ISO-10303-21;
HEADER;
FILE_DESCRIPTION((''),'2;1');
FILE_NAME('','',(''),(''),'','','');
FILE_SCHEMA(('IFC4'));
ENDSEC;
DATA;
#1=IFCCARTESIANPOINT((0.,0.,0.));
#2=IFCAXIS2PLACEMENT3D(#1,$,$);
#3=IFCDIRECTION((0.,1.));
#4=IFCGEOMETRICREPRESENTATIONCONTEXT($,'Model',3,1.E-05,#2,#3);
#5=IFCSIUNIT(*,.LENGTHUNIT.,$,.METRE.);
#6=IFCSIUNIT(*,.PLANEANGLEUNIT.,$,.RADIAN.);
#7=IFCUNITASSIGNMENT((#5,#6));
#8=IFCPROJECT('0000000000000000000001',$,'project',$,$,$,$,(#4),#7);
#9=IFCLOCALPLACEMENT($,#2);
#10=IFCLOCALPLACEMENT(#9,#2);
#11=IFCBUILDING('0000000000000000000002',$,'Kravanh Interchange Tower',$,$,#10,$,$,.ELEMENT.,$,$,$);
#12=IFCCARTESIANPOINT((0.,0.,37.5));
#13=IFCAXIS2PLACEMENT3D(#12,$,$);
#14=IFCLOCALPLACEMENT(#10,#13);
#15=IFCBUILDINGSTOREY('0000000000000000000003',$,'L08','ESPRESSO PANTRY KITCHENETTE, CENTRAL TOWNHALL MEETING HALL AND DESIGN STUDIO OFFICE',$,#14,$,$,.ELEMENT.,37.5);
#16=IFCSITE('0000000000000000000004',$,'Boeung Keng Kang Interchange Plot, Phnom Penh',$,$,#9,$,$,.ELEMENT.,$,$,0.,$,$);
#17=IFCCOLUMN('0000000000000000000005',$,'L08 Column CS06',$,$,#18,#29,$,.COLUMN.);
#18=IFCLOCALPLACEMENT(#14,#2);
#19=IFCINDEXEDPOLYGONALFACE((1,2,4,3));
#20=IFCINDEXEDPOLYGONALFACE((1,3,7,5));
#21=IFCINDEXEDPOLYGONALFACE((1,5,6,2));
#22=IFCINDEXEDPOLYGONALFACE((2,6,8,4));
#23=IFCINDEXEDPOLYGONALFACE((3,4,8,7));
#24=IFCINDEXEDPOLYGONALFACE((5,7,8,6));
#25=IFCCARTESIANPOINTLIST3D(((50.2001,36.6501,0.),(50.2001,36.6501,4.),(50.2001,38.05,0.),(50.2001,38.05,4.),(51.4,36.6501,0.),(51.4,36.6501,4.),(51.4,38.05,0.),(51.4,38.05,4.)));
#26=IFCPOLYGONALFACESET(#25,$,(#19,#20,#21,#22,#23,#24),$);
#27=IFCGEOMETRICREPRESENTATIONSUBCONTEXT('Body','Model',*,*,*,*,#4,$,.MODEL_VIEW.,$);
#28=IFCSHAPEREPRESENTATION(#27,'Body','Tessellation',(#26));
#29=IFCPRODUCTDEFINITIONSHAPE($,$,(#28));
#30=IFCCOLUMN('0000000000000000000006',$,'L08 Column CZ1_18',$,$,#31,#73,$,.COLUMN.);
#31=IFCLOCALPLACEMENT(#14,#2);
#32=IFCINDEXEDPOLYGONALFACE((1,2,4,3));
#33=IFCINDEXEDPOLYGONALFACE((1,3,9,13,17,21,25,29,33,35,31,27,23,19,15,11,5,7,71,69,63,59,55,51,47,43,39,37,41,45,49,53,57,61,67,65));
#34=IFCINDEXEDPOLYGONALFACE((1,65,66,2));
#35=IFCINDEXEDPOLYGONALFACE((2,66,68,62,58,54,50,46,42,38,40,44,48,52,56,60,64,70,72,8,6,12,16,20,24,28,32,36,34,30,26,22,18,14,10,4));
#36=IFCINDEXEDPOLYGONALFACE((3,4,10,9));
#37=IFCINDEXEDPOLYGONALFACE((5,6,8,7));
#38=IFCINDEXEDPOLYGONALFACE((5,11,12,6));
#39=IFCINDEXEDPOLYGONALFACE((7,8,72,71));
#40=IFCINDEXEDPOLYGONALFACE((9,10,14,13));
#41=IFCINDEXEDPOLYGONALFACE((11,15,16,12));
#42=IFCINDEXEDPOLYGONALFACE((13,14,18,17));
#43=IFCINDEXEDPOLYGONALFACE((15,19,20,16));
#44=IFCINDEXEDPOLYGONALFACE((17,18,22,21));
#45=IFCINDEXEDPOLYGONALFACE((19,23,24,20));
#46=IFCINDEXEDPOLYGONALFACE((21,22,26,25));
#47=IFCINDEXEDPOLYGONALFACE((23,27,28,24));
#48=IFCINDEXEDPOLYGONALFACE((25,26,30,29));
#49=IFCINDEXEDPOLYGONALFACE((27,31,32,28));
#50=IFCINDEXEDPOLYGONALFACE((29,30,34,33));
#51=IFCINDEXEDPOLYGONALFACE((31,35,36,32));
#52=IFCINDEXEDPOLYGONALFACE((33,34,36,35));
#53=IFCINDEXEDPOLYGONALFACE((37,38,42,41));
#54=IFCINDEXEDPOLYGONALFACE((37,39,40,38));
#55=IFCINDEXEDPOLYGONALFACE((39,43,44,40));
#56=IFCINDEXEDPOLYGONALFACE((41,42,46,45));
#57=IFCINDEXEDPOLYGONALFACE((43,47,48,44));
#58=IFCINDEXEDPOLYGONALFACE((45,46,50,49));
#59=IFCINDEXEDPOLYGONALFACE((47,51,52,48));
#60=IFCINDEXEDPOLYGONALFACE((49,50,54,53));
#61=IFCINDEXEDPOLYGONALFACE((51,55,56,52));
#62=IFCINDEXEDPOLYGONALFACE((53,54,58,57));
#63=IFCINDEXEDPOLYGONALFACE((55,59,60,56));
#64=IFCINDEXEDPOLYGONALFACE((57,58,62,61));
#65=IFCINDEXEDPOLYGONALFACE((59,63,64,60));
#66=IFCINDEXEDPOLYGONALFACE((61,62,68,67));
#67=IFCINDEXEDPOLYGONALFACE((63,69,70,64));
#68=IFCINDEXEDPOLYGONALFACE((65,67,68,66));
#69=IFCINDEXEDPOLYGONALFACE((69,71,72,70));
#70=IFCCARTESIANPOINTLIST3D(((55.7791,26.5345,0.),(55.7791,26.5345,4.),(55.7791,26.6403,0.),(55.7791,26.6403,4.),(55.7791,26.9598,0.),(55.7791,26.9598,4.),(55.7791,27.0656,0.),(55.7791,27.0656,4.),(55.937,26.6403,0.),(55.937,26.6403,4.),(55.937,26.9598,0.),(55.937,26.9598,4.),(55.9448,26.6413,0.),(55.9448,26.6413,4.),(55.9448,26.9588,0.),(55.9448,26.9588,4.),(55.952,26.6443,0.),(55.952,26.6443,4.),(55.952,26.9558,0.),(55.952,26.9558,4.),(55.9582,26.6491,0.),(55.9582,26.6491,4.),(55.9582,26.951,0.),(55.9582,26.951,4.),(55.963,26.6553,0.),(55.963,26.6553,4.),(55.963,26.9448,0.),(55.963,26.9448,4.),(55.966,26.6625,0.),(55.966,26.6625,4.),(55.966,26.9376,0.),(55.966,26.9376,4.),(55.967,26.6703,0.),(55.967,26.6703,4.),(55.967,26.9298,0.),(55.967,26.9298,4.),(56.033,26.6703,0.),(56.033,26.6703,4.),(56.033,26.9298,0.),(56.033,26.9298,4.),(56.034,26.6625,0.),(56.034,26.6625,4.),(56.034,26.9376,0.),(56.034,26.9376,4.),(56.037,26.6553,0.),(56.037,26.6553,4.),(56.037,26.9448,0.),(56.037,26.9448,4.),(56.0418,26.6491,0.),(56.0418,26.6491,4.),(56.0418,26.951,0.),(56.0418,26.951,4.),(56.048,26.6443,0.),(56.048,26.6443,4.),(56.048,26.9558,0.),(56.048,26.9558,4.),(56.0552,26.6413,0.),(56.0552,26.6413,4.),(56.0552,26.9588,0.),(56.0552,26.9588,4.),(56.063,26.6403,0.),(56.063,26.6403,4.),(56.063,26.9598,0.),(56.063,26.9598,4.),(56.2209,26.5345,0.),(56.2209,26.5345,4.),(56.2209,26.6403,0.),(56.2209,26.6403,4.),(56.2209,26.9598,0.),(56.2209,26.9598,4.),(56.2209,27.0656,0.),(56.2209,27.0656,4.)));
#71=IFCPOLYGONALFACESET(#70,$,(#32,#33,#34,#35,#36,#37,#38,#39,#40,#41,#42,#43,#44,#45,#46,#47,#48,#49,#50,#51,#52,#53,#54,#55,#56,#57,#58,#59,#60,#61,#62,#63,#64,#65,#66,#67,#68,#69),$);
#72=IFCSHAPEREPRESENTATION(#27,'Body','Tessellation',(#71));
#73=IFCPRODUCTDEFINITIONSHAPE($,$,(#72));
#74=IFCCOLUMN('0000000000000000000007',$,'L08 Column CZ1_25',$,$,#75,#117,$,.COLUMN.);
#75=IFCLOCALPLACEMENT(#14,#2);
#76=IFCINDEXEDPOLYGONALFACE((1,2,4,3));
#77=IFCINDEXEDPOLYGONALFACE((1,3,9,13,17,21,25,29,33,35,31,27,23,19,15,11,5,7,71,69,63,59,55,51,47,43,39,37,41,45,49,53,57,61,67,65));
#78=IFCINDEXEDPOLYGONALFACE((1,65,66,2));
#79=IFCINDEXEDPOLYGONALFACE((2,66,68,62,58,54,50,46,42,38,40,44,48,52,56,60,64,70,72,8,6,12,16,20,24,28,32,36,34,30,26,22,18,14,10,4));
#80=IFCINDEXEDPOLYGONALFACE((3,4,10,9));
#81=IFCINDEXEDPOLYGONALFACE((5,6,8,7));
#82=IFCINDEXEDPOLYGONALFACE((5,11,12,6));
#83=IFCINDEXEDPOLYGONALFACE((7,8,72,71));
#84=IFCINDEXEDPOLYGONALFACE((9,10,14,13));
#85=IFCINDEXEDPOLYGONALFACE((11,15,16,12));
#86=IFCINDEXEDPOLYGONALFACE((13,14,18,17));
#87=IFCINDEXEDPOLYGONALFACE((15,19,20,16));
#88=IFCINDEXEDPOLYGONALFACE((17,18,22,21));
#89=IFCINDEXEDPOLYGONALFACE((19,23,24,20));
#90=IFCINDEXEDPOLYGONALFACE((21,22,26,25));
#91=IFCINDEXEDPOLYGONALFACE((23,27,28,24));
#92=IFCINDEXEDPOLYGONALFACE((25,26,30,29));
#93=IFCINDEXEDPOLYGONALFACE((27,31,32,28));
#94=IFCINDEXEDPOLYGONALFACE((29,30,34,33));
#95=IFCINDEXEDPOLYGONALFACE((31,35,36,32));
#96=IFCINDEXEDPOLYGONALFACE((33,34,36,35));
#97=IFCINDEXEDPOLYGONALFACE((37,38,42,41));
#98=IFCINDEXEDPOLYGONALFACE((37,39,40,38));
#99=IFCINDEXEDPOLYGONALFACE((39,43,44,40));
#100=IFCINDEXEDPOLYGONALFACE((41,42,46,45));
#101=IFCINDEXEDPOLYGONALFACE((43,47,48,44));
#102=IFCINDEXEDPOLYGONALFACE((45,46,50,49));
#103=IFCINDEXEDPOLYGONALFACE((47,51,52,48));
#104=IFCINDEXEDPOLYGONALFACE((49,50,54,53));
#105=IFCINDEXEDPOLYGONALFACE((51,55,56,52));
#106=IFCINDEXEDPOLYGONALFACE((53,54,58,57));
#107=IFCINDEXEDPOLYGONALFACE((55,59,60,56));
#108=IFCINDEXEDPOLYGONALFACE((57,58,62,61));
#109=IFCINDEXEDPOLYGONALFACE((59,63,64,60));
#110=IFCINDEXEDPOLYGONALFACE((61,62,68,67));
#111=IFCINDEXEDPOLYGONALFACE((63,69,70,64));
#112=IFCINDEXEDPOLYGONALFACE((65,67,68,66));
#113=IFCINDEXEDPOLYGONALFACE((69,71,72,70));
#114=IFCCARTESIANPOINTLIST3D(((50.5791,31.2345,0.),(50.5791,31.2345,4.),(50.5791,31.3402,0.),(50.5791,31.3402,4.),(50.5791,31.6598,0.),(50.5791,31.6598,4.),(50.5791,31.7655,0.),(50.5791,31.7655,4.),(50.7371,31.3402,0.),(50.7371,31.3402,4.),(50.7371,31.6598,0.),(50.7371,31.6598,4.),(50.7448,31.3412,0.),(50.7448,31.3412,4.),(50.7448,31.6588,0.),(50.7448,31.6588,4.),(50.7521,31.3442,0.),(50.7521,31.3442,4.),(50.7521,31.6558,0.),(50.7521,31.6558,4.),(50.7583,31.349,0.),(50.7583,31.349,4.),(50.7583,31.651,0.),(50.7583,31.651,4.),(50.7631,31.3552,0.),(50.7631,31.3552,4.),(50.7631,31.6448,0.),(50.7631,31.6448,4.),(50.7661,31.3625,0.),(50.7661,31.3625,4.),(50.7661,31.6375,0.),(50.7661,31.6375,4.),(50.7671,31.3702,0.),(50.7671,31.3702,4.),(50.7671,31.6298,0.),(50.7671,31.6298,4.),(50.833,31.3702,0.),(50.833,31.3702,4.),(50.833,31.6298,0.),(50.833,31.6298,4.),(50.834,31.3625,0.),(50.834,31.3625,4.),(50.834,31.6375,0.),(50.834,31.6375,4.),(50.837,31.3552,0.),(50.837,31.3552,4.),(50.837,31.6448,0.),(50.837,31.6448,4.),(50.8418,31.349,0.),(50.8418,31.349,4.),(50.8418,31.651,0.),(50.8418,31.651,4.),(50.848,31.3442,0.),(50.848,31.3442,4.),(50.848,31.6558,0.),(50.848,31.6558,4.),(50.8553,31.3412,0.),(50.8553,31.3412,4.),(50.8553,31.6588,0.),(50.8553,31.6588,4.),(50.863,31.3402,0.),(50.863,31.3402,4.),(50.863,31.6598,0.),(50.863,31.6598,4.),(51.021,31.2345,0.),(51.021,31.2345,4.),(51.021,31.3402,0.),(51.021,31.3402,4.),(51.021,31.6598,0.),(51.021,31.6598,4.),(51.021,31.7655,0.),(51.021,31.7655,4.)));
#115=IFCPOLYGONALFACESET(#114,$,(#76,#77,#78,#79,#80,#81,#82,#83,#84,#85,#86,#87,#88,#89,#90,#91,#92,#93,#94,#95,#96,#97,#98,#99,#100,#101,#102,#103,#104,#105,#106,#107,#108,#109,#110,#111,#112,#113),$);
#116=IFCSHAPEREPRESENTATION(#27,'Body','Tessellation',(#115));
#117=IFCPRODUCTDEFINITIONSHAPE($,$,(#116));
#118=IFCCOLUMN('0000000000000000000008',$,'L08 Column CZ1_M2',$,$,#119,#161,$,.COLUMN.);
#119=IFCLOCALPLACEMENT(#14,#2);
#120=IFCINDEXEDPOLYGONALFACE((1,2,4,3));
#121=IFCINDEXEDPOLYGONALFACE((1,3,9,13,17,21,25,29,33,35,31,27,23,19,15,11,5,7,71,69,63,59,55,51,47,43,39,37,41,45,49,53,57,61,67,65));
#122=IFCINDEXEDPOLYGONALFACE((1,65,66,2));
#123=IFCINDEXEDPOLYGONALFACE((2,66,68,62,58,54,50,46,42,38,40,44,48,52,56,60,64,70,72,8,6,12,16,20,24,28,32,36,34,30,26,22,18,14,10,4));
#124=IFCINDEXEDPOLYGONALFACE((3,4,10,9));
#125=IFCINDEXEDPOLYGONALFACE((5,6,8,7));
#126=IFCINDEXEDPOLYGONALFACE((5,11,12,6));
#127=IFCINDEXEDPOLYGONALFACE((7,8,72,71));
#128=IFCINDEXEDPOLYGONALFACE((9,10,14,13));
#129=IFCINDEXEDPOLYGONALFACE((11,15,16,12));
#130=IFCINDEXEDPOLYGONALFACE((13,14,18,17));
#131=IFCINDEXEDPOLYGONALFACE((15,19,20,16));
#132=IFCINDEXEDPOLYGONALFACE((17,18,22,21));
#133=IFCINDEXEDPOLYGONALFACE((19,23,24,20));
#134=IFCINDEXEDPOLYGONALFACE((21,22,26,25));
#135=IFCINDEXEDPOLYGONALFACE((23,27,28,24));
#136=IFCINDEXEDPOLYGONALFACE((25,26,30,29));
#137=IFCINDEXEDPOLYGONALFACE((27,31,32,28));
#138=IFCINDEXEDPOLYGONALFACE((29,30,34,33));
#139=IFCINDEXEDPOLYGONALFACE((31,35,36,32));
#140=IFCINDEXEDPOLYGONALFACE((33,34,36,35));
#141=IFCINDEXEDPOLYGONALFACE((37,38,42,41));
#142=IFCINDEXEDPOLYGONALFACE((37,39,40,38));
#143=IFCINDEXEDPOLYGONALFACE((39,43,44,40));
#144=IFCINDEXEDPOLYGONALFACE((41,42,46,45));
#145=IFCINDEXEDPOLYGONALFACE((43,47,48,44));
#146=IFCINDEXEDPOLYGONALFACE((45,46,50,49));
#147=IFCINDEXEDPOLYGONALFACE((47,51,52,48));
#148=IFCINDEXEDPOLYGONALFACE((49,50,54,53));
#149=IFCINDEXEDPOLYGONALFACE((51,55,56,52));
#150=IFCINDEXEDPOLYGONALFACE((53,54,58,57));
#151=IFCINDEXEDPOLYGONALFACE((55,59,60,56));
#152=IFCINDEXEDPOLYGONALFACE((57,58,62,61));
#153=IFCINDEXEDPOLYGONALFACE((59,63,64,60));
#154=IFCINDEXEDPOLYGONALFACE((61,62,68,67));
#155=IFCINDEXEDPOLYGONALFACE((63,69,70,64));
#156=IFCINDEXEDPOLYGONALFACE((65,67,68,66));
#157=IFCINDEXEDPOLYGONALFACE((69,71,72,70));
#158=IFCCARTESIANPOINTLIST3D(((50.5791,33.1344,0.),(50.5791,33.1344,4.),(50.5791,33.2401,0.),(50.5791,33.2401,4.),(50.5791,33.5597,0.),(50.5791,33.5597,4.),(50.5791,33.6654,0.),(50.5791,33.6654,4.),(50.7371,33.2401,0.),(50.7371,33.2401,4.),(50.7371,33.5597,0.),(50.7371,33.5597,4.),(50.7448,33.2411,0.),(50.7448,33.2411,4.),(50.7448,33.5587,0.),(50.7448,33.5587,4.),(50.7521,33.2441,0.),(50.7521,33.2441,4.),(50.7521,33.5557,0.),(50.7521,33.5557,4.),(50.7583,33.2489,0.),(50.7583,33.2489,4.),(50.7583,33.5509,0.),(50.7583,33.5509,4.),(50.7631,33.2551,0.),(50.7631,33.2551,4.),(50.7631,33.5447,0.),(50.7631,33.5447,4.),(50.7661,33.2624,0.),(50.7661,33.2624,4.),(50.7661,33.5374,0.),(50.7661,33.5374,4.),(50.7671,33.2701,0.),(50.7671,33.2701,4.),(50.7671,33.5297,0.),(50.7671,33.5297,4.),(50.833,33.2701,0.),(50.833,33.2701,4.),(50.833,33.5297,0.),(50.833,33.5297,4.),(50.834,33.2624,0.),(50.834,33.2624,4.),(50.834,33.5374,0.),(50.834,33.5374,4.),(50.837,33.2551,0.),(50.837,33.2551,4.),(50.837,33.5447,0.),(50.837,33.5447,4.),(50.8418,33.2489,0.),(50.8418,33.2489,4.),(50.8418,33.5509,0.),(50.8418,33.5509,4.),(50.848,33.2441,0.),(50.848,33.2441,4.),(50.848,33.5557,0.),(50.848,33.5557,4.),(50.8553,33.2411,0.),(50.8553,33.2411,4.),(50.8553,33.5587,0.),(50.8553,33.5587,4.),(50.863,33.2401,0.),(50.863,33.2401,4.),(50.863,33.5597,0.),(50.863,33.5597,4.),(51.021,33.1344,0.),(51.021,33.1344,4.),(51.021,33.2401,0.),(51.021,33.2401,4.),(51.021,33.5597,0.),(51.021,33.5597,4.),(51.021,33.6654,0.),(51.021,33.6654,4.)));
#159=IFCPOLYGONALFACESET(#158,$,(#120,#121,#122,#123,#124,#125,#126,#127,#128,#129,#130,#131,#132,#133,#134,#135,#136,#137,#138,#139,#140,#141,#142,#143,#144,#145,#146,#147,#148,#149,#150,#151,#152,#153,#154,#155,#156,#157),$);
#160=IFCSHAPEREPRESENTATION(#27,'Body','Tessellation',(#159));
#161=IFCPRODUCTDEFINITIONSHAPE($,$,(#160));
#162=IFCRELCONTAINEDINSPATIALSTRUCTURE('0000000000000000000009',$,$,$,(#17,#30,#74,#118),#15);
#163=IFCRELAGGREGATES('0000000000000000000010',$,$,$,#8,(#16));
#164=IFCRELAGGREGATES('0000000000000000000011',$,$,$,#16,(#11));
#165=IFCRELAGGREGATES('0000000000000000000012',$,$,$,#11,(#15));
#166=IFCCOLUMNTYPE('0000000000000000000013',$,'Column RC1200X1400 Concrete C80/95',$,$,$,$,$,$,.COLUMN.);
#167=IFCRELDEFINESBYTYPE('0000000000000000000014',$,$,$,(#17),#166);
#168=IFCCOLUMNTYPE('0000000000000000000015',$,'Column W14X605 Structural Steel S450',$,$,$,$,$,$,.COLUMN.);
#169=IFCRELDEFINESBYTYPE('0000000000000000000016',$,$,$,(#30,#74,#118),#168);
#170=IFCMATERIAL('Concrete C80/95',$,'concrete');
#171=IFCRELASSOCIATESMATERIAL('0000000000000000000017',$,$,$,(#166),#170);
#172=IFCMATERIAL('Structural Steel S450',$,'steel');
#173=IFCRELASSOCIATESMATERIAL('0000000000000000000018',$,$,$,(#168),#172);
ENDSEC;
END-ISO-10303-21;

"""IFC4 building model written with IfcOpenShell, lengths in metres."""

from ifc_helpers import new_model, si_unit, direction, frame, origin, origin_2d, place, context, subcontext, project, spatial, rectangle, i_section, extrude, material, material_profile, profile_set, type_object, element, save


model = new_model("IFC4")

# Units and contexts
model_context = context("Model", 3, precision=1e-05, world=origin(), true_north=direction((0.0, 1.0)))
body_context = subcontext(model_context, "Body", "Model", "MODEL_VIEW")
ifc_project = project(units=[si_unit("LENGTHUNIT", "METRE"), si_unit("PLANEANGLEUNIT", "RADIAN")], contexts=[model_context])

# Site, building, storey
site_placement = place(None, origin())
site = spatial("IfcSite", under=ifc_project, at=site_placement, Name="Boeung Keng Kang Interchange Plot, Phnom Penh", CompositionType="ELEMENT", RefElevation=0.0)
building_placement = place(site_placement, origin())
building = spatial("IfcBuilding", under=site, at=building_placement, Name="Kravanh Interchange Tower", CompositionType="ELEMENT")
storey_placement = place(building_placement, frame((0.0, 0.0, 37.5)))
storey = spatial("IfcBuildingStorey", under=building, at=storey_placement, Name="L08", Description="ESPRESSO PANTRY KITCHENETTE, CENTRAL TOWNHALL MEETING HALL AND DESIGN STUDIO OFFICE", CompositionType="ELEMENT", Elevation=37.5)

# Columns
ifc_material_1 = material(Name="Concrete C80/95", Category="concrete")
ifc_material_profile_1 = material_profile(ifc_material_1, rectangle(XDim=1.2, YDim=1.3999, at=origin_2d()), Name="RC1200X1400")
ifc_profile_set_1 = profile_set([ifc_material_profile_1], Name="Concrete C80/95")
column_type_1 = type_object("IfcColumnType", Name="Column RC1200X1400 Concrete C80/95", PredefinedType="COLUMN", material=ifc_profile_set_1)
column_placement = place(storey_placement, frame((50.8, 37.3501, 0.0), z_axis=(0.0, 0.0, 1.0), x_axis=(1.0, 0.0, 0.0)))
element("IfcColumn", 1, at=column_placement, inside=storey, type_object=column_type_1, Name="L08 Column CS06", PredefinedType="COLUMN", context=body_context, shape_type="SweptSolid", body=[
    extrude(rectangle(XDim=1.2, YDim=1.3999, at=origin_2d()), origin(), (0.0, 0.0, 1.0), 4.0),
])
ifc_material_2 = material(Name="Structural Steel S450", Category="steel")
ifc_material_profile_2 = material_profile(ifc_material_2, i_section(OverallWidth=0.4419, OverallDepth=0.531, WebThickness=0.0659, FlangeThickness=0.1057, FilletRadius=0.03, at=origin_2d()), Name="W14X605")
ifc_profile_set_2 = profile_set([ifc_material_profile_2], Name="Structural Steel S450")
column_type_2 = type_object("IfcColumnType", Name="Column W14X605 Structural Steel S450", PredefinedType="COLUMN", material=ifc_profile_set_2)
for number, where, z_axis, x_axis, name in (
    (2, (56.0, 26.8, 0.0), (0.0, 0.0, 1.0), (1.0, 0.0, 0.0), "L08 Column CZ1_18"),
    (3, (50.8, 31.5, 0.0), (0.0, 0.0, 1.0), (1.0, 0.0, 0.0), "L08 Column CZ1_25"),
    (4, (50.8, 33.3999, 0.0), (0.0, 0.0, 1.0), (1.0, 0.0, 0.0), "L08 Column CZ1_M2"),
):
    element("IfcColumn", number, at=place(storey_placement, frame(where, z_axis=z_axis, x_axis=x_axis)), inside=storey, type_object=column_type_2, Name=name, PredefinedType="COLUMN", context=body_context, shape_type="SweptSolid", body=[
        extrude(i_section(OverallWidth=0.4419, OverallDepth=0.531, WebThickness=0.0659, FlangeThickness=0.1057, FilletRadius=0.03, at=origin_2d()), origin(), (0.0, 0.0, 1.0), 4.0),
    ])

save(model, "model.ifc")
